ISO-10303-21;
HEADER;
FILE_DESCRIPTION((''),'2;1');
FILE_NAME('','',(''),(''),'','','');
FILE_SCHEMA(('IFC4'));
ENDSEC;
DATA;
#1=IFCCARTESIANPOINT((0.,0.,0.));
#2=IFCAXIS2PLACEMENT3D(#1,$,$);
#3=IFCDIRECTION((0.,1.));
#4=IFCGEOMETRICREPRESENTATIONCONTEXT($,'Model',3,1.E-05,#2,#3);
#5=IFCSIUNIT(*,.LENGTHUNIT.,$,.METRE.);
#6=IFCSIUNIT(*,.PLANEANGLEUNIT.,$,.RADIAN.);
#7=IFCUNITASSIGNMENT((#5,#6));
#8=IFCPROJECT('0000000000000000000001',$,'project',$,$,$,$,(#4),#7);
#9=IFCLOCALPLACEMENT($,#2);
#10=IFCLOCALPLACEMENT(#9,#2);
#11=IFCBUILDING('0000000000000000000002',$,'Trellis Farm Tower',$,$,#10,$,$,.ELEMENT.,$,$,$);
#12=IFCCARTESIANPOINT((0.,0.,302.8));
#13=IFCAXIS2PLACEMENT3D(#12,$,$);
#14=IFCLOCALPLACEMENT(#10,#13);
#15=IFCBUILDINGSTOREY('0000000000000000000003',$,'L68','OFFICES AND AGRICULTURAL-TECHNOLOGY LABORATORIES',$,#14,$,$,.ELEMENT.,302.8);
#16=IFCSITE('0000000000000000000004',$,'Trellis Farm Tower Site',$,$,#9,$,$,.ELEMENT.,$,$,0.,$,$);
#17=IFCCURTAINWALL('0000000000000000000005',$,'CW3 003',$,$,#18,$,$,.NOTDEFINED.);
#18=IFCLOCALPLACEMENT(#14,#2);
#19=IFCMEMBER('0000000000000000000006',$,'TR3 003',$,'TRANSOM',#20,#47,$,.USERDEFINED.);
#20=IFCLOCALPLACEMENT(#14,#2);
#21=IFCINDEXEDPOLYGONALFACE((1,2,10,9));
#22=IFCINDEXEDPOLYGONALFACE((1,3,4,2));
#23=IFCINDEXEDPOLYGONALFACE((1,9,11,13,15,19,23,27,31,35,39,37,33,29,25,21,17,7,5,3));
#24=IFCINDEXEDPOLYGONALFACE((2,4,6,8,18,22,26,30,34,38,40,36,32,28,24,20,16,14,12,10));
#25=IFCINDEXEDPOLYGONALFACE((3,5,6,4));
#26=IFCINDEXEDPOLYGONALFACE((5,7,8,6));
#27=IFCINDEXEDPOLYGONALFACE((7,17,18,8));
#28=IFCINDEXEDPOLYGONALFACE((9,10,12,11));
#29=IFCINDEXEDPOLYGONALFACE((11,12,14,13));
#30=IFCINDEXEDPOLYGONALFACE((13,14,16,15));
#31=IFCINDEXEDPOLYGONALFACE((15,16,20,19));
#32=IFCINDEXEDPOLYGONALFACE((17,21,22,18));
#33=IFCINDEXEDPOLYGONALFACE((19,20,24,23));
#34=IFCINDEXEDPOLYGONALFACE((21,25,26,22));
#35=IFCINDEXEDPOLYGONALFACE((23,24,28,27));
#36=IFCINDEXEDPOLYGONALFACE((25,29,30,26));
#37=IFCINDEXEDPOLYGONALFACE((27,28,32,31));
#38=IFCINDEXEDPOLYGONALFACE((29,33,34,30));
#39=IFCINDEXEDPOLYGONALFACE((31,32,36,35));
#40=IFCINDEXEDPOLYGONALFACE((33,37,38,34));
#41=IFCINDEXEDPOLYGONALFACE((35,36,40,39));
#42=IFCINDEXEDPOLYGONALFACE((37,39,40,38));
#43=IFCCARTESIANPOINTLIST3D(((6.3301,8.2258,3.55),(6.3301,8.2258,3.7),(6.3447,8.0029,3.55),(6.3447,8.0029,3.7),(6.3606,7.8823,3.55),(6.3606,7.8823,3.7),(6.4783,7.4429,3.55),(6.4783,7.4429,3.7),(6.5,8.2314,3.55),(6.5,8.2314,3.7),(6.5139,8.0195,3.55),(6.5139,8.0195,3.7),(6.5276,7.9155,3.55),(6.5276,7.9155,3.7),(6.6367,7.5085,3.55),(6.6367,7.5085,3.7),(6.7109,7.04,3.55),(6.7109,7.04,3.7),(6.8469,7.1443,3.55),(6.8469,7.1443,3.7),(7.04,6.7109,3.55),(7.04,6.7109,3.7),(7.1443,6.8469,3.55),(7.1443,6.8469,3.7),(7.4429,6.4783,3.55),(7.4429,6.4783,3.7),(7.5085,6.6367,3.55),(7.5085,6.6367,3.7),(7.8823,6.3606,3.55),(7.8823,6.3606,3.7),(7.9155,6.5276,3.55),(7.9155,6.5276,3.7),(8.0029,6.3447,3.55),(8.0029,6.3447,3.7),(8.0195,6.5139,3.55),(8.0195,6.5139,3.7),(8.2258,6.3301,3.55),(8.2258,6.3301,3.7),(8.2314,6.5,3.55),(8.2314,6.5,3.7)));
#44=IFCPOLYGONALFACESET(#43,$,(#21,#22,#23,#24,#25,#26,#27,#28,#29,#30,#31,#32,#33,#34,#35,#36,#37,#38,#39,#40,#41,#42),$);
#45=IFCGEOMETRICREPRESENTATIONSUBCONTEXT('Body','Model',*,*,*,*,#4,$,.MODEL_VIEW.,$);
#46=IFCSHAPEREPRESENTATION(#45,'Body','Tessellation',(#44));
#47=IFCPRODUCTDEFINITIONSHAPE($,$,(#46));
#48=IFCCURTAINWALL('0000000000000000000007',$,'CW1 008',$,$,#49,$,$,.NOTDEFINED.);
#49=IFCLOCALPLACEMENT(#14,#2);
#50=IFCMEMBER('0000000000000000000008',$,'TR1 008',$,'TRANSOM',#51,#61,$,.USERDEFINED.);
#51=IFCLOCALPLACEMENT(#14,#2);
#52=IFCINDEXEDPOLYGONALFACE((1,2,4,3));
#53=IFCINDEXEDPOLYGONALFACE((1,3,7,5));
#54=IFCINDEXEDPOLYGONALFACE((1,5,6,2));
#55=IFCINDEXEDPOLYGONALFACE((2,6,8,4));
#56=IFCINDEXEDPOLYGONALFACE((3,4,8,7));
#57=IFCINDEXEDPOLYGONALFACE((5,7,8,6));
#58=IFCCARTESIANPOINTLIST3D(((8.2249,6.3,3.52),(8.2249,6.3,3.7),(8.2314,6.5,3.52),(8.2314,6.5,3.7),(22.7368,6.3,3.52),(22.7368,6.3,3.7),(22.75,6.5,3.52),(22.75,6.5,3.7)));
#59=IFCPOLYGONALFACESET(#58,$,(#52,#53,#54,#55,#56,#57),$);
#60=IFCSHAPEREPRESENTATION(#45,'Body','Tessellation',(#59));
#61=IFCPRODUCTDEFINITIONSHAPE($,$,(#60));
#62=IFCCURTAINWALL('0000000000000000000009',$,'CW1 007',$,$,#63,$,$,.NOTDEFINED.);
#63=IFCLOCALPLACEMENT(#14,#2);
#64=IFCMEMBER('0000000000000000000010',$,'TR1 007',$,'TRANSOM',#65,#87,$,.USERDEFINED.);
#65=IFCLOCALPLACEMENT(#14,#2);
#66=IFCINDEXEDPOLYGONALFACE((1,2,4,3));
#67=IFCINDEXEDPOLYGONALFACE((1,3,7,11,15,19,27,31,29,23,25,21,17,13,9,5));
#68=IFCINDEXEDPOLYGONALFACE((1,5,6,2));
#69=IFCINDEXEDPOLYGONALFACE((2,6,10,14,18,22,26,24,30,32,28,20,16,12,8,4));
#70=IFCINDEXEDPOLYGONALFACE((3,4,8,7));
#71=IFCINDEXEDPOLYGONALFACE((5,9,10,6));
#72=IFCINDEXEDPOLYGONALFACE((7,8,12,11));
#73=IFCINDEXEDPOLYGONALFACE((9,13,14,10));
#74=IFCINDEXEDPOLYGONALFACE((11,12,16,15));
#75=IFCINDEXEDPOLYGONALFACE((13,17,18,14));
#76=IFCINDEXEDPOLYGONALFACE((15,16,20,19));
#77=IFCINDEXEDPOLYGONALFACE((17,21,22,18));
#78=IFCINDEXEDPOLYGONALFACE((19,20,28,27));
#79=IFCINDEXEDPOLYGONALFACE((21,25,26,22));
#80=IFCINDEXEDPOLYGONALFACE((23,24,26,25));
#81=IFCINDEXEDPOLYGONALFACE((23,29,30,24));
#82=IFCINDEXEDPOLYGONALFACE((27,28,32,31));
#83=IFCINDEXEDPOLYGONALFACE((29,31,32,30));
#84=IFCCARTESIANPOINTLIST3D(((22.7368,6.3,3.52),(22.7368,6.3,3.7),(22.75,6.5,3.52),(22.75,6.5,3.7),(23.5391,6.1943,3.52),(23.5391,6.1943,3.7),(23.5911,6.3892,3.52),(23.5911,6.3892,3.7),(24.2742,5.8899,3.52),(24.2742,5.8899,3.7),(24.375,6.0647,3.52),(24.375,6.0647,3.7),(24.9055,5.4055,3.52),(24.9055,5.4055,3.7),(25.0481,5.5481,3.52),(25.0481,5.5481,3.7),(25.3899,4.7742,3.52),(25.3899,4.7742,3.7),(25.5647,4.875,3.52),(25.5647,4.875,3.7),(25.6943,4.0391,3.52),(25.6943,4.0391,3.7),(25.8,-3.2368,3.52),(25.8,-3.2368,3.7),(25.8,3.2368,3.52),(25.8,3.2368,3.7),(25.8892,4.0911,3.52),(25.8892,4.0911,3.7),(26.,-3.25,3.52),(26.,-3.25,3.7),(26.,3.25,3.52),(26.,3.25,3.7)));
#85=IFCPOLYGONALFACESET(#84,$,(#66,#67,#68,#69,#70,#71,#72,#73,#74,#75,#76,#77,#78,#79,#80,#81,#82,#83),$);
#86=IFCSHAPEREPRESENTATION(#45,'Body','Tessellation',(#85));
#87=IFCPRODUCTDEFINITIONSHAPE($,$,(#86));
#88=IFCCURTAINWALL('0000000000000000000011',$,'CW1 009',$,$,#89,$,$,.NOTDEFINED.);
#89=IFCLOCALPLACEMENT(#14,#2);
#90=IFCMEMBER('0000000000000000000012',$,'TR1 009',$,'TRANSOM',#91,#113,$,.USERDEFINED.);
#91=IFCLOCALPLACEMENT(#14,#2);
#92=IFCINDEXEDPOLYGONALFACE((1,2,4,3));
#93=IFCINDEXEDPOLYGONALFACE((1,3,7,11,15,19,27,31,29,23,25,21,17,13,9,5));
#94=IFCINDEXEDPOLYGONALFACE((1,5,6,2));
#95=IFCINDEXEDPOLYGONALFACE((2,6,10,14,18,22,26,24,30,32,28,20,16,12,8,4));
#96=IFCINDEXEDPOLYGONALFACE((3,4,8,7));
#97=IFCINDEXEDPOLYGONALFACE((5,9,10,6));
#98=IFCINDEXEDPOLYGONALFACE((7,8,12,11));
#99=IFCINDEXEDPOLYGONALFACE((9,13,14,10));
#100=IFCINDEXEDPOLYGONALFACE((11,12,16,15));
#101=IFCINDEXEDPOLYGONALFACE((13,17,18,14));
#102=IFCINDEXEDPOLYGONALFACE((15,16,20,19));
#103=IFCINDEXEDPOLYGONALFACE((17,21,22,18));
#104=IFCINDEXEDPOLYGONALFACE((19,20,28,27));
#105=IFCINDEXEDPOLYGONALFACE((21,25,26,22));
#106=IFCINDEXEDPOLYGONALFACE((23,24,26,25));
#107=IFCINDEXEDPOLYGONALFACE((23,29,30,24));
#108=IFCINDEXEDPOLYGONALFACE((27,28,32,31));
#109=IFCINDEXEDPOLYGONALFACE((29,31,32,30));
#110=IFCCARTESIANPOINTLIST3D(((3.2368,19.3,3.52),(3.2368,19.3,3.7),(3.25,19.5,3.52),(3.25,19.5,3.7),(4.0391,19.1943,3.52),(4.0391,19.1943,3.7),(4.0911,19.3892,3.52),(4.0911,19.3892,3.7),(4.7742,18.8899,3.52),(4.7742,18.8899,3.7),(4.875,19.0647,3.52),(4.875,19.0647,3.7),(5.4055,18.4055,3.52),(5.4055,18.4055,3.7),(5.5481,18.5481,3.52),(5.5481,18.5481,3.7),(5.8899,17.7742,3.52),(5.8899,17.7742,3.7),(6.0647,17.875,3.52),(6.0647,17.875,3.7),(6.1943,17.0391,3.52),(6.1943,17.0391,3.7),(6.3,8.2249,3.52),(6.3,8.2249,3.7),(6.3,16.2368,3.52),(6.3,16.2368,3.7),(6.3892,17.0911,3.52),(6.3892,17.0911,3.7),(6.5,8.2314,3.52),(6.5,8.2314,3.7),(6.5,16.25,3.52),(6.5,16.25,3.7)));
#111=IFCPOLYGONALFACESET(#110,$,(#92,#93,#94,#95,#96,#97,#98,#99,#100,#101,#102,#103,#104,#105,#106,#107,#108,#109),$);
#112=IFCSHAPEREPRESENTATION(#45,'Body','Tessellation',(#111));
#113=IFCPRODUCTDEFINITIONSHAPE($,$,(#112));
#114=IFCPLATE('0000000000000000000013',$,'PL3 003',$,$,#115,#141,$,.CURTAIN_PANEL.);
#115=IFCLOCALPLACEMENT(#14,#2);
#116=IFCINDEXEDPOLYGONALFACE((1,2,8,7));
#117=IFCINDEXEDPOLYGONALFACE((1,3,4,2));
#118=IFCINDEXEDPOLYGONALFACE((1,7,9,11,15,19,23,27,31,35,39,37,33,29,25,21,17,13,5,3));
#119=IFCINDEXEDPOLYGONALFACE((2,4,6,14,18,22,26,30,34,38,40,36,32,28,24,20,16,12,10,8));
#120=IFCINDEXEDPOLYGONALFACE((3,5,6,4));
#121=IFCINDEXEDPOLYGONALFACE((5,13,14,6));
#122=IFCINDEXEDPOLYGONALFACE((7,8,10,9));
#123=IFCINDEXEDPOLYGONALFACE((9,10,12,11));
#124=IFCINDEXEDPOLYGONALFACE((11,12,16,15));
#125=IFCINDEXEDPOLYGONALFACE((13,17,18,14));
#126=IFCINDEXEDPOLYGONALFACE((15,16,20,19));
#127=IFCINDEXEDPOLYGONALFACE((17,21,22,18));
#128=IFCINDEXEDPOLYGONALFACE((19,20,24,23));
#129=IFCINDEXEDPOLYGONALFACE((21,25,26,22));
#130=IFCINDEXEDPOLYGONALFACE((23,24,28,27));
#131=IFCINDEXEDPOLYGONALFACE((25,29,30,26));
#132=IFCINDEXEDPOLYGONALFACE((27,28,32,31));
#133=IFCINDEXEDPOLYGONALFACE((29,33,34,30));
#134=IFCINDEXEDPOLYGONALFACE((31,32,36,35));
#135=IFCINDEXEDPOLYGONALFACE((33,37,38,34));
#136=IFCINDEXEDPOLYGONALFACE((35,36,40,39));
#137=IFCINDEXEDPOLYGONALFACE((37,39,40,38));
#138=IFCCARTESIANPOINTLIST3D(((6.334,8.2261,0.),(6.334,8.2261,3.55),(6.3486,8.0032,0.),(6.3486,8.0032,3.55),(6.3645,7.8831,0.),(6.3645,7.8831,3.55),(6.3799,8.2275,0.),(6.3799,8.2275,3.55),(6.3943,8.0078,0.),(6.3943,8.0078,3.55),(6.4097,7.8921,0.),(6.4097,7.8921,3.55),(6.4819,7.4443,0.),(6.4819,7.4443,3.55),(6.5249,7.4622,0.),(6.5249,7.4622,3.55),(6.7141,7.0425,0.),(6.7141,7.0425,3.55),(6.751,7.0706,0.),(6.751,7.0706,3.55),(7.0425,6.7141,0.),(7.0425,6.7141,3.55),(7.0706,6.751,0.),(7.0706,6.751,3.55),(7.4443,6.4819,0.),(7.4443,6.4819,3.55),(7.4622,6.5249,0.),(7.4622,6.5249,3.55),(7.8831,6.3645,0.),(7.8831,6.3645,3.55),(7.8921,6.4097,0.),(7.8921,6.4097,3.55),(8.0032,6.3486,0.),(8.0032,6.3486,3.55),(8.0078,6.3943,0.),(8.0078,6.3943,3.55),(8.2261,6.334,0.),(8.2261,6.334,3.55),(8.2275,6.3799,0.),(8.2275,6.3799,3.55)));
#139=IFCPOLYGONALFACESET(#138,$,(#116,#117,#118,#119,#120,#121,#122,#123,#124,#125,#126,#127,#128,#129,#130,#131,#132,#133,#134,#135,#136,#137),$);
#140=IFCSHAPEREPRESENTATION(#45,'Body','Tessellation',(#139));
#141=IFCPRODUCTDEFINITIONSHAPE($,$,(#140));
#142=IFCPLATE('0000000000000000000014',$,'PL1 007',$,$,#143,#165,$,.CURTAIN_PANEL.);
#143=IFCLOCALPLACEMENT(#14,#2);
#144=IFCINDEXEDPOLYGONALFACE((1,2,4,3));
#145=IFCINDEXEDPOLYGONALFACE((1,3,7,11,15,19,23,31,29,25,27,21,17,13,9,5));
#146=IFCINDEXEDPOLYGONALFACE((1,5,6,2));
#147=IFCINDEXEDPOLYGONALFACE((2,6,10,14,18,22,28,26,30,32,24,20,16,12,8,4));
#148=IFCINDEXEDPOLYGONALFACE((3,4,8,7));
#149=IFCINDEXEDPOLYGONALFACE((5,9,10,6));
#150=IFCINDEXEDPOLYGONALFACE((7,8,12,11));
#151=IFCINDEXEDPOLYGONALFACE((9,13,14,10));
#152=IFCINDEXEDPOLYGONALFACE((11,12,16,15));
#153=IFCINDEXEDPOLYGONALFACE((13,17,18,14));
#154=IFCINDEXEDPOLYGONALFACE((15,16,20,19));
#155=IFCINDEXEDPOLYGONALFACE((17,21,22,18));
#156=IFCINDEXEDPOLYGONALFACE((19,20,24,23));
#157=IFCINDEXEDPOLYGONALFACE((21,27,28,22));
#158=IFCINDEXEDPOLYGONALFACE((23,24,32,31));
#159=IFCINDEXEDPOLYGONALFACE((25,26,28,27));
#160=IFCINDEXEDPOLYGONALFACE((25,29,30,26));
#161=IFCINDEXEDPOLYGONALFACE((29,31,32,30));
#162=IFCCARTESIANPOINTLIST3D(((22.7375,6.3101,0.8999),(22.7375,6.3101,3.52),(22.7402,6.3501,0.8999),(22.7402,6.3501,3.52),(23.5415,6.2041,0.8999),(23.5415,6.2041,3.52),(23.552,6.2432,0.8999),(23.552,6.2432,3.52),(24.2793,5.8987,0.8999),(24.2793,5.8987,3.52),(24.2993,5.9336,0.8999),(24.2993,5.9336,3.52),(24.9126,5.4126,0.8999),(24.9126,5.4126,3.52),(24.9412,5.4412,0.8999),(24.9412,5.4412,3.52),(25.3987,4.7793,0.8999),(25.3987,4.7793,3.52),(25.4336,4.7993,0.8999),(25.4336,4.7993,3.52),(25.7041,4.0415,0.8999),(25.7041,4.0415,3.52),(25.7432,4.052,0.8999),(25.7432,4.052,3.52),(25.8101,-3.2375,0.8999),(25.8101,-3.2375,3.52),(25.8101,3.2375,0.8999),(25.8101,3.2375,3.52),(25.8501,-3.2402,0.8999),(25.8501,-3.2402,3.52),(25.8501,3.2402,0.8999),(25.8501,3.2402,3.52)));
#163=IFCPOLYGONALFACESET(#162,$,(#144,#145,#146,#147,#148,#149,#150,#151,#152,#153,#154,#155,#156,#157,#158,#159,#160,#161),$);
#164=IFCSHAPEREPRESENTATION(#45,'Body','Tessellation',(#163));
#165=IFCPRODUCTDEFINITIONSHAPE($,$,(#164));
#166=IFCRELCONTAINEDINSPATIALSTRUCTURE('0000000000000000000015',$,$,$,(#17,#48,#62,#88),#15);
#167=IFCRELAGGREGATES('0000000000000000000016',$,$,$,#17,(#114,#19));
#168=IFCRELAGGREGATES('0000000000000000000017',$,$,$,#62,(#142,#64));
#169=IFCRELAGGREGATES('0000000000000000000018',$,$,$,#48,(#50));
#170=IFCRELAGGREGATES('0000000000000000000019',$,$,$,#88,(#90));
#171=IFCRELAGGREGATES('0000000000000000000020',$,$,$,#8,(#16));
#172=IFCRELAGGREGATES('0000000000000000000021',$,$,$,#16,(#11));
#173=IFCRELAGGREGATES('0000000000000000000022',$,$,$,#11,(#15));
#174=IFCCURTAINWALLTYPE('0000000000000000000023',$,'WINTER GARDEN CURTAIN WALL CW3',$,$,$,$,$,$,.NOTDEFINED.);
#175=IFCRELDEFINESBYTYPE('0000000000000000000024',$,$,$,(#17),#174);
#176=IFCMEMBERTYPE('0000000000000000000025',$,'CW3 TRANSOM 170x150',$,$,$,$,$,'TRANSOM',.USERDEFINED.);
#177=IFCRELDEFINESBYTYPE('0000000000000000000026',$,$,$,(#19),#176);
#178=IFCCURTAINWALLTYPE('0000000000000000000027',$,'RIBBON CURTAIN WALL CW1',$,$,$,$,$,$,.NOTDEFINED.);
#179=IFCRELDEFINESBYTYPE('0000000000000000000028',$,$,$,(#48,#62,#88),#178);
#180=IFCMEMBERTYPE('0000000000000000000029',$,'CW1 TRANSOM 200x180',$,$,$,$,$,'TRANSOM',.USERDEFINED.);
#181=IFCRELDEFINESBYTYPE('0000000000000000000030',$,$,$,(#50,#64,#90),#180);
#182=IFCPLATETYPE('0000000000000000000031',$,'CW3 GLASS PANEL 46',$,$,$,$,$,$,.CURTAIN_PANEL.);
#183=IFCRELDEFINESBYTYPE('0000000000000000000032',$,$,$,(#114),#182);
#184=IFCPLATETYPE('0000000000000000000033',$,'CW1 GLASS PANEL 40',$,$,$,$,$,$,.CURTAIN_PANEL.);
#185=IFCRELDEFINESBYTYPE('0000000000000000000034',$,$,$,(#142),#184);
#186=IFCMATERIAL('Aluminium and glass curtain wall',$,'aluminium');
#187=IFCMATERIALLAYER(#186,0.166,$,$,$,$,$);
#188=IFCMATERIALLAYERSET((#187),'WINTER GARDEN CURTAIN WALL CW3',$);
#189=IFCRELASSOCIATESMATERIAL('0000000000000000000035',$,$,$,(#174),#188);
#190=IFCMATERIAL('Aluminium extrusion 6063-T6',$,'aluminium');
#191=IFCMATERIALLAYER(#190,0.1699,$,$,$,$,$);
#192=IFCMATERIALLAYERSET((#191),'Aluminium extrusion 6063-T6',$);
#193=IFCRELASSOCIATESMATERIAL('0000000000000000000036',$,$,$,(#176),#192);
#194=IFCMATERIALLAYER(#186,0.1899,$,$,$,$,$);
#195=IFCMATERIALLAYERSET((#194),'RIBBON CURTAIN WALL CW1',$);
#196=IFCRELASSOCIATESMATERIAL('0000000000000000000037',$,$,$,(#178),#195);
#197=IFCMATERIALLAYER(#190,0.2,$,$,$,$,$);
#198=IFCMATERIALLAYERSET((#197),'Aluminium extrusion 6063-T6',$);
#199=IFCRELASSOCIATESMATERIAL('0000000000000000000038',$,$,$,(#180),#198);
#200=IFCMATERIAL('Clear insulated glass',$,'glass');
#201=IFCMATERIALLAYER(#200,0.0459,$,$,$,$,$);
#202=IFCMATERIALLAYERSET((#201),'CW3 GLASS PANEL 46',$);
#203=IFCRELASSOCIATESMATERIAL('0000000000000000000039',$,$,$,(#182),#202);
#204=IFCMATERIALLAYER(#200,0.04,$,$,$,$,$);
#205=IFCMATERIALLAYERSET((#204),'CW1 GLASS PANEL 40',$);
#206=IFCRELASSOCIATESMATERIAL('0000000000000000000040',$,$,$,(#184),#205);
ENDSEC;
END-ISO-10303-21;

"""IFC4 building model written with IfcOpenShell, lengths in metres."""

from ifc_helpers import new_model, si_unit, direction, frame, origin, place, context, subcontext, project, spatial, polyline, outline, extrude, source, transform, mapped, material, layer, layer_set, type_object, element, aggregate, save


model = new_model("IFC4")

# Units and contexts
model_context = context("Model", 3, precision=1e-05, world=origin(), true_north=direction((0.0, 1.0)))
body_context = subcontext(model_context, "Body", "Model", "MODEL_VIEW")
ifc_project = project(units=[si_unit("LENGTHUNIT", "METRE"), si_unit("PLANEANGLEUNIT", "RADIAN")], contexts=[model_context])

# Site, building, storey
site_placement = place(None, origin())
site = spatial("IfcSite", under=ifc_project, at=site_placement, Name="Trellis Farm Tower Site", CompositionType="ELEMENT", RefElevation=0.0)
building_placement = place(site_placement, origin())
building = spatial("IfcBuilding", under=site, at=building_placement, Name="Trellis Farm Tower", CompositionType="ELEMENT")
storey_placement = place(building_placement, frame((0.0, 0.0, 302.8)))
storey = spatial("IfcBuildingStorey", under=building, at=storey_placement, Name="L68", Description="OFFICES AND AGRICULTURAL-TECHNOLOGY LABORATORIES", CompositionType="ELEMENT", Elevation=302.8)

# Curtain walls, members
ifc_material_1 = material(Name="Aluminium and glass curtain wall", Category="aluminium")
ifc_layer_1 = layer(ifc_material_1, 0.166)
ifc_layer_set_1 = layer_set([ifc_layer_1], Name="WINTER GARDEN CURTAIN WALL CW3")
curtain_wall_type_1 = type_object("IfcCurtainWallType", Name="WINTER GARDEN CURTAIN WALL CW3", PredefinedType="NOTDEFINED", material=ifc_layer_set_1)
placement_1 = place(storey_placement, origin())
curtain_wall_1 = element("IfcCurtainWall", 1, at=placement_1, inside=storey, type_object=curtain_wall_type_1, Name="CW3 003", PredefinedType="NOTDEFINED")
ifc_material_2 = material(Name="Aluminium extrusion 6063-T6", Category="aluminium")
ifc_layer_2 = layer(ifc_material_2, 0.1699)
ifc_layer_set_2 = layer_set([ifc_layer_2], Name="Aluminium extrusion 6063-T6")
member_type_1 = type_object("IfcMemberType", Name="CW3 TRANSOM 170x150", ElementType="TRANSOM", PredefinedType="USERDEFINED", material=ifc_layer_set_2)
shared_shape_1 = source(origin(), body_context, "Body", "SweptSolid", [
    extrude(outline(polyline([(8.2314, 6.5), (8.0195, 6.5139), (7.9155, 6.5276), (7.5085, 6.6367), (7.1443, 6.8469), (6.8469, 7.1443), (6.6367, 7.5085), (6.5276, 7.9155), (6.5139, 8.0195), (6.5, 8.2314), (6.3301, 8.2258), (6.3447, 8.0029), (6.3606, 7.8823), (6.4783, 7.4429), (6.7109, 7.04), (7.04, 6.7109), (7.4429, 6.4783), (7.8823, 6.3606), (8.0029, 6.3447), (8.2258, 6.3301), (8.2314, 6.5)])), origin(), (0.0, 0.0, 1.0), 0.1499),
])
member_1_placement = place(storey_placement, frame((0.0, 0.0, 3.55)))
member_1 = element("IfcMember", 2, at=member_1_placement, type_object=member_type_1, Name="TR3 003", ObjectType="TRANSOM", PredefinedType="USERDEFINED", context=body_context, shape_type="MappedRepresentation", body=[
    mapped(shared_shape_1, transform((0.0, 0.0, 0.0))),
])
ifc_layer_3 = layer(ifc_material_1, 0.1899)
ifc_layer_set_3 = layer_set([ifc_layer_3], Name="RIBBON CURTAIN WALL CW1")
curtain_wall_type_2 = type_object("IfcCurtainWallType", Name="RIBBON CURTAIN WALL CW1", PredefinedType="NOTDEFINED", material=ifc_layer_set_3)
curtain_wall_2 = element("IfcCurtainWall", 3, at=placement_1, inside=storey, type_object=curtain_wall_type_2, Name="CW1 008", PredefinedType="NOTDEFINED")
ifc_layer_4 = layer(ifc_material_2, 0.2)
ifc_layer_set_4 = layer_set([ifc_layer_4], Name="Aluminium extrusion 6063-T6")
member_type_2 = type_object("IfcMemberType", Name="CW1 TRANSOM 200x180", ElementType="TRANSOM", PredefinedType="USERDEFINED", material=ifc_layer_set_4)
shared_shape_2 = source(origin(), body_context, "Body", "SweptSolid", [
    extrude(outline(polyline([(22.75, 6.5), (8.2314, 6.5), (8.2249, 6.3), (22.7368, 6.3), (22.75, 6.5)])), origin(), (0.0, 0.0, 1.0), 0.1799),
])
placement_2 = place(storey_placement, frame((0.0, 0.0, 3.52)))
member_2 = element("IfcMember", 4, at=placement_2, type_object=member_type_2, Name="TR1 008", ObjectType="TRANSOM", PredefinedType="USERDEFINED", context=body_context, shape_type="MappedRepresentation", body=[
    mapped(shared_shape_2, transform((0.0, 0.0, 0.0))),
])
curtain_wall_3 = element("IfcCurtainWall", 5, at=placement_1, inside=storey, type_object=curtain_wall_type_2, Name="CW1 007", PredefinedType="NOTDEFINED")
shared_shape_3 = source(origin(), body_context, "Body", "SweptSolid", [
    extrude(outline(polyline([(26.0, -3.25), (26.0, 3.25), (25.8892, 4.0911), (25.5647, 4.875), (25.0481, 5.5481), (24.375, 6.0647), (23.5911, 6.3892), (22.75, 6.5), (22.7368, 6.3), (23.5391, 6.1943), (24.2742, 5.8899), (24.9055, 5.4055), (25.3899, 4.7742), (25.6943, 4.0391), (25.8, 3.2368), (25.8, -3.2368), (26.0, -3.25)])), origin(), (0.0, 0.0, 1.0), 0.1799),
])
member_3 = element("IfcMember", 6, at=placement_2, type_object=member_type_2, Name="TR1 007", ObjectType="TRANSOM", PredefinedType="USERDEFINED", context=body_context, shape_type="MappedRepresentation", body=[
    mapped(shared_shape_3, transform((0.0, 0.0, 0.0))),
])
curtain_wall_4 = element("IfcCurtainWall", 7, at=placement_1, inside=storey, type_object=curtain_wall_type_2, Name="CW1 009", PredefinedType="NOTDEFINED")
shared_shape_4 = source(origin(), body_context, "Body", "SweptSolid", [
    extrude(outline(polyline([(6.5, 8.2314), (6.5, 16.25), (6.3892, 17.0911), (6.0647, 17.875), (5.5481, 18.5481), (4.875, 19.0647), (4.0911, 19.3892), (3.25, 19.5), (3.2368, 19.3), (4.0391, 19.1943), (4.7742, 18.8899), (5.4055, 18.4055), (5.8899, 17.7742), (6.1943, 17.0391), (6.3, 16.2368), (6.3, 8.2249), (6.5, 8.2314)])), origin(), (0.0, 0.0, 1.0), 0.1799),
])
member_4 = element("IfcMember", 8, at=placement_2, type_object=member_type_2, Name="TR1 009", ObjectType="TRANSOM", PredefinedType="USERDEFINED", context=body_context, shape_type="MappedRepresentation", body=[
    mapped(shared_shape_4, transform((0.0, 0.0, 0.0))),
])

# Plates
ifc_material_3 = material(Name="Clear insulated glass", Category="glass")
ifc_layer_5 = layer(ifc_material_3, 0.0459)
ifc_layer_set_5 = layer_set([ifc_layer_5], Name="CW3 GLASS PANEL 46")
plate_type_1 = type_object("IfcPlateType", Name="CW3 GLASS PANEL 46", PredefinedType="CURTAIN_PANEL", material=ifc_layer_set_5)
shared_shape_5 = source(origin(), body_context, "Body", "SweptSolid", [
    extrude(outline(polyline([(8.2275, 6.3799), (8.0078, 6.3943), (7.8921, 6.4097), (7.4622, 6.5249), (7.0706, 6.751), (6.751, 7.0706), (6.5249, 7.4622), (6.4097, 7.8921), (6.3943, 8.0078), (6.3799, 8.2275), (6.334, 8.2261), (6.3486, 8.0032), (6.3645, 7.8831), (6.4819, 7.4443), (6.7141, 7.0425), (7.0425, 6.7141), (7.4443, 6.4819), (7.8831, 6.3645), (8.0032, 6.3486), (8.2261, 6.334), (8.2275, 6.3799)])), origin(), (0.0, 0.0, 1.0), 3.55),
])
plate_1 = element("IfcPlate", 9, at=placement_1, type_object=plate_type_1, Name="PL3 003", PredefinedType="CURTAIN_PANEL", context=body_context, shape_type="MappedRepresentation", body=[
    mapped(shared_shape_5, transform((0.0, 0.0, 0.0))),
])
aggregate(curtain_wall_1, [plate_1, member_1])
ifc_layer_6 = layer(ifc_material_3, 0.04)
ifc_layer_set_6 = layer_set([ifc_layer_6], Name="CW1 GLASS PANEL 40")
plate_type_2 = type_object("IfcPlateType", Name="CW1 GLASS PANEL 40", PredefinedType="CURTAIN_PANEL", material=ifc_layer_set_6)
shared_shape_6 = source(origin(), body_context, "Body", "SweptSolid", [
    extrude(outline(polyline([(25.8501, -3.2402), (25.8501, 3.2402), (25.7432, 4.052), (25.4336, 4.7993), (24.9412, 5.4412), (24.2993, 5.9336), (23.552, 6.2432), (22.7402, 6.3501), (22.7375, 6.3101), (23.5415, 6.2041), (24.2793, 5.8987), (24.9126, 5.4126), (25.3987, 4.7793), (25.7041, 4.0415), (25.8101, 3.2375), (25.8101, -3.2375), (25.8501, -3.2402)])), origin(), (0.0, 0.0, 1.0), 2.6201),
])
placement_3 = place(storey_placement, frame((0.0, 0.0, 0.8999)))
plate_2 = element("IfcPlate", 10, at=placement_3, type_object=plate_type_2, Name="PL1 007", PredefinedType="CURTAIN_PANEL", context=body_context, shape_type="MappedRepresentation", body=[
    mapped(shared_shape_6, transform((0.0, 0.0, 0.0))),
])
aggregate(curtain_wall_3, [plate_2, member_3])
aggregate(curtain_wall_2, [member_2])
aggregate(curtain_wall_4, [member_4])

save(model, "model.ifc")
